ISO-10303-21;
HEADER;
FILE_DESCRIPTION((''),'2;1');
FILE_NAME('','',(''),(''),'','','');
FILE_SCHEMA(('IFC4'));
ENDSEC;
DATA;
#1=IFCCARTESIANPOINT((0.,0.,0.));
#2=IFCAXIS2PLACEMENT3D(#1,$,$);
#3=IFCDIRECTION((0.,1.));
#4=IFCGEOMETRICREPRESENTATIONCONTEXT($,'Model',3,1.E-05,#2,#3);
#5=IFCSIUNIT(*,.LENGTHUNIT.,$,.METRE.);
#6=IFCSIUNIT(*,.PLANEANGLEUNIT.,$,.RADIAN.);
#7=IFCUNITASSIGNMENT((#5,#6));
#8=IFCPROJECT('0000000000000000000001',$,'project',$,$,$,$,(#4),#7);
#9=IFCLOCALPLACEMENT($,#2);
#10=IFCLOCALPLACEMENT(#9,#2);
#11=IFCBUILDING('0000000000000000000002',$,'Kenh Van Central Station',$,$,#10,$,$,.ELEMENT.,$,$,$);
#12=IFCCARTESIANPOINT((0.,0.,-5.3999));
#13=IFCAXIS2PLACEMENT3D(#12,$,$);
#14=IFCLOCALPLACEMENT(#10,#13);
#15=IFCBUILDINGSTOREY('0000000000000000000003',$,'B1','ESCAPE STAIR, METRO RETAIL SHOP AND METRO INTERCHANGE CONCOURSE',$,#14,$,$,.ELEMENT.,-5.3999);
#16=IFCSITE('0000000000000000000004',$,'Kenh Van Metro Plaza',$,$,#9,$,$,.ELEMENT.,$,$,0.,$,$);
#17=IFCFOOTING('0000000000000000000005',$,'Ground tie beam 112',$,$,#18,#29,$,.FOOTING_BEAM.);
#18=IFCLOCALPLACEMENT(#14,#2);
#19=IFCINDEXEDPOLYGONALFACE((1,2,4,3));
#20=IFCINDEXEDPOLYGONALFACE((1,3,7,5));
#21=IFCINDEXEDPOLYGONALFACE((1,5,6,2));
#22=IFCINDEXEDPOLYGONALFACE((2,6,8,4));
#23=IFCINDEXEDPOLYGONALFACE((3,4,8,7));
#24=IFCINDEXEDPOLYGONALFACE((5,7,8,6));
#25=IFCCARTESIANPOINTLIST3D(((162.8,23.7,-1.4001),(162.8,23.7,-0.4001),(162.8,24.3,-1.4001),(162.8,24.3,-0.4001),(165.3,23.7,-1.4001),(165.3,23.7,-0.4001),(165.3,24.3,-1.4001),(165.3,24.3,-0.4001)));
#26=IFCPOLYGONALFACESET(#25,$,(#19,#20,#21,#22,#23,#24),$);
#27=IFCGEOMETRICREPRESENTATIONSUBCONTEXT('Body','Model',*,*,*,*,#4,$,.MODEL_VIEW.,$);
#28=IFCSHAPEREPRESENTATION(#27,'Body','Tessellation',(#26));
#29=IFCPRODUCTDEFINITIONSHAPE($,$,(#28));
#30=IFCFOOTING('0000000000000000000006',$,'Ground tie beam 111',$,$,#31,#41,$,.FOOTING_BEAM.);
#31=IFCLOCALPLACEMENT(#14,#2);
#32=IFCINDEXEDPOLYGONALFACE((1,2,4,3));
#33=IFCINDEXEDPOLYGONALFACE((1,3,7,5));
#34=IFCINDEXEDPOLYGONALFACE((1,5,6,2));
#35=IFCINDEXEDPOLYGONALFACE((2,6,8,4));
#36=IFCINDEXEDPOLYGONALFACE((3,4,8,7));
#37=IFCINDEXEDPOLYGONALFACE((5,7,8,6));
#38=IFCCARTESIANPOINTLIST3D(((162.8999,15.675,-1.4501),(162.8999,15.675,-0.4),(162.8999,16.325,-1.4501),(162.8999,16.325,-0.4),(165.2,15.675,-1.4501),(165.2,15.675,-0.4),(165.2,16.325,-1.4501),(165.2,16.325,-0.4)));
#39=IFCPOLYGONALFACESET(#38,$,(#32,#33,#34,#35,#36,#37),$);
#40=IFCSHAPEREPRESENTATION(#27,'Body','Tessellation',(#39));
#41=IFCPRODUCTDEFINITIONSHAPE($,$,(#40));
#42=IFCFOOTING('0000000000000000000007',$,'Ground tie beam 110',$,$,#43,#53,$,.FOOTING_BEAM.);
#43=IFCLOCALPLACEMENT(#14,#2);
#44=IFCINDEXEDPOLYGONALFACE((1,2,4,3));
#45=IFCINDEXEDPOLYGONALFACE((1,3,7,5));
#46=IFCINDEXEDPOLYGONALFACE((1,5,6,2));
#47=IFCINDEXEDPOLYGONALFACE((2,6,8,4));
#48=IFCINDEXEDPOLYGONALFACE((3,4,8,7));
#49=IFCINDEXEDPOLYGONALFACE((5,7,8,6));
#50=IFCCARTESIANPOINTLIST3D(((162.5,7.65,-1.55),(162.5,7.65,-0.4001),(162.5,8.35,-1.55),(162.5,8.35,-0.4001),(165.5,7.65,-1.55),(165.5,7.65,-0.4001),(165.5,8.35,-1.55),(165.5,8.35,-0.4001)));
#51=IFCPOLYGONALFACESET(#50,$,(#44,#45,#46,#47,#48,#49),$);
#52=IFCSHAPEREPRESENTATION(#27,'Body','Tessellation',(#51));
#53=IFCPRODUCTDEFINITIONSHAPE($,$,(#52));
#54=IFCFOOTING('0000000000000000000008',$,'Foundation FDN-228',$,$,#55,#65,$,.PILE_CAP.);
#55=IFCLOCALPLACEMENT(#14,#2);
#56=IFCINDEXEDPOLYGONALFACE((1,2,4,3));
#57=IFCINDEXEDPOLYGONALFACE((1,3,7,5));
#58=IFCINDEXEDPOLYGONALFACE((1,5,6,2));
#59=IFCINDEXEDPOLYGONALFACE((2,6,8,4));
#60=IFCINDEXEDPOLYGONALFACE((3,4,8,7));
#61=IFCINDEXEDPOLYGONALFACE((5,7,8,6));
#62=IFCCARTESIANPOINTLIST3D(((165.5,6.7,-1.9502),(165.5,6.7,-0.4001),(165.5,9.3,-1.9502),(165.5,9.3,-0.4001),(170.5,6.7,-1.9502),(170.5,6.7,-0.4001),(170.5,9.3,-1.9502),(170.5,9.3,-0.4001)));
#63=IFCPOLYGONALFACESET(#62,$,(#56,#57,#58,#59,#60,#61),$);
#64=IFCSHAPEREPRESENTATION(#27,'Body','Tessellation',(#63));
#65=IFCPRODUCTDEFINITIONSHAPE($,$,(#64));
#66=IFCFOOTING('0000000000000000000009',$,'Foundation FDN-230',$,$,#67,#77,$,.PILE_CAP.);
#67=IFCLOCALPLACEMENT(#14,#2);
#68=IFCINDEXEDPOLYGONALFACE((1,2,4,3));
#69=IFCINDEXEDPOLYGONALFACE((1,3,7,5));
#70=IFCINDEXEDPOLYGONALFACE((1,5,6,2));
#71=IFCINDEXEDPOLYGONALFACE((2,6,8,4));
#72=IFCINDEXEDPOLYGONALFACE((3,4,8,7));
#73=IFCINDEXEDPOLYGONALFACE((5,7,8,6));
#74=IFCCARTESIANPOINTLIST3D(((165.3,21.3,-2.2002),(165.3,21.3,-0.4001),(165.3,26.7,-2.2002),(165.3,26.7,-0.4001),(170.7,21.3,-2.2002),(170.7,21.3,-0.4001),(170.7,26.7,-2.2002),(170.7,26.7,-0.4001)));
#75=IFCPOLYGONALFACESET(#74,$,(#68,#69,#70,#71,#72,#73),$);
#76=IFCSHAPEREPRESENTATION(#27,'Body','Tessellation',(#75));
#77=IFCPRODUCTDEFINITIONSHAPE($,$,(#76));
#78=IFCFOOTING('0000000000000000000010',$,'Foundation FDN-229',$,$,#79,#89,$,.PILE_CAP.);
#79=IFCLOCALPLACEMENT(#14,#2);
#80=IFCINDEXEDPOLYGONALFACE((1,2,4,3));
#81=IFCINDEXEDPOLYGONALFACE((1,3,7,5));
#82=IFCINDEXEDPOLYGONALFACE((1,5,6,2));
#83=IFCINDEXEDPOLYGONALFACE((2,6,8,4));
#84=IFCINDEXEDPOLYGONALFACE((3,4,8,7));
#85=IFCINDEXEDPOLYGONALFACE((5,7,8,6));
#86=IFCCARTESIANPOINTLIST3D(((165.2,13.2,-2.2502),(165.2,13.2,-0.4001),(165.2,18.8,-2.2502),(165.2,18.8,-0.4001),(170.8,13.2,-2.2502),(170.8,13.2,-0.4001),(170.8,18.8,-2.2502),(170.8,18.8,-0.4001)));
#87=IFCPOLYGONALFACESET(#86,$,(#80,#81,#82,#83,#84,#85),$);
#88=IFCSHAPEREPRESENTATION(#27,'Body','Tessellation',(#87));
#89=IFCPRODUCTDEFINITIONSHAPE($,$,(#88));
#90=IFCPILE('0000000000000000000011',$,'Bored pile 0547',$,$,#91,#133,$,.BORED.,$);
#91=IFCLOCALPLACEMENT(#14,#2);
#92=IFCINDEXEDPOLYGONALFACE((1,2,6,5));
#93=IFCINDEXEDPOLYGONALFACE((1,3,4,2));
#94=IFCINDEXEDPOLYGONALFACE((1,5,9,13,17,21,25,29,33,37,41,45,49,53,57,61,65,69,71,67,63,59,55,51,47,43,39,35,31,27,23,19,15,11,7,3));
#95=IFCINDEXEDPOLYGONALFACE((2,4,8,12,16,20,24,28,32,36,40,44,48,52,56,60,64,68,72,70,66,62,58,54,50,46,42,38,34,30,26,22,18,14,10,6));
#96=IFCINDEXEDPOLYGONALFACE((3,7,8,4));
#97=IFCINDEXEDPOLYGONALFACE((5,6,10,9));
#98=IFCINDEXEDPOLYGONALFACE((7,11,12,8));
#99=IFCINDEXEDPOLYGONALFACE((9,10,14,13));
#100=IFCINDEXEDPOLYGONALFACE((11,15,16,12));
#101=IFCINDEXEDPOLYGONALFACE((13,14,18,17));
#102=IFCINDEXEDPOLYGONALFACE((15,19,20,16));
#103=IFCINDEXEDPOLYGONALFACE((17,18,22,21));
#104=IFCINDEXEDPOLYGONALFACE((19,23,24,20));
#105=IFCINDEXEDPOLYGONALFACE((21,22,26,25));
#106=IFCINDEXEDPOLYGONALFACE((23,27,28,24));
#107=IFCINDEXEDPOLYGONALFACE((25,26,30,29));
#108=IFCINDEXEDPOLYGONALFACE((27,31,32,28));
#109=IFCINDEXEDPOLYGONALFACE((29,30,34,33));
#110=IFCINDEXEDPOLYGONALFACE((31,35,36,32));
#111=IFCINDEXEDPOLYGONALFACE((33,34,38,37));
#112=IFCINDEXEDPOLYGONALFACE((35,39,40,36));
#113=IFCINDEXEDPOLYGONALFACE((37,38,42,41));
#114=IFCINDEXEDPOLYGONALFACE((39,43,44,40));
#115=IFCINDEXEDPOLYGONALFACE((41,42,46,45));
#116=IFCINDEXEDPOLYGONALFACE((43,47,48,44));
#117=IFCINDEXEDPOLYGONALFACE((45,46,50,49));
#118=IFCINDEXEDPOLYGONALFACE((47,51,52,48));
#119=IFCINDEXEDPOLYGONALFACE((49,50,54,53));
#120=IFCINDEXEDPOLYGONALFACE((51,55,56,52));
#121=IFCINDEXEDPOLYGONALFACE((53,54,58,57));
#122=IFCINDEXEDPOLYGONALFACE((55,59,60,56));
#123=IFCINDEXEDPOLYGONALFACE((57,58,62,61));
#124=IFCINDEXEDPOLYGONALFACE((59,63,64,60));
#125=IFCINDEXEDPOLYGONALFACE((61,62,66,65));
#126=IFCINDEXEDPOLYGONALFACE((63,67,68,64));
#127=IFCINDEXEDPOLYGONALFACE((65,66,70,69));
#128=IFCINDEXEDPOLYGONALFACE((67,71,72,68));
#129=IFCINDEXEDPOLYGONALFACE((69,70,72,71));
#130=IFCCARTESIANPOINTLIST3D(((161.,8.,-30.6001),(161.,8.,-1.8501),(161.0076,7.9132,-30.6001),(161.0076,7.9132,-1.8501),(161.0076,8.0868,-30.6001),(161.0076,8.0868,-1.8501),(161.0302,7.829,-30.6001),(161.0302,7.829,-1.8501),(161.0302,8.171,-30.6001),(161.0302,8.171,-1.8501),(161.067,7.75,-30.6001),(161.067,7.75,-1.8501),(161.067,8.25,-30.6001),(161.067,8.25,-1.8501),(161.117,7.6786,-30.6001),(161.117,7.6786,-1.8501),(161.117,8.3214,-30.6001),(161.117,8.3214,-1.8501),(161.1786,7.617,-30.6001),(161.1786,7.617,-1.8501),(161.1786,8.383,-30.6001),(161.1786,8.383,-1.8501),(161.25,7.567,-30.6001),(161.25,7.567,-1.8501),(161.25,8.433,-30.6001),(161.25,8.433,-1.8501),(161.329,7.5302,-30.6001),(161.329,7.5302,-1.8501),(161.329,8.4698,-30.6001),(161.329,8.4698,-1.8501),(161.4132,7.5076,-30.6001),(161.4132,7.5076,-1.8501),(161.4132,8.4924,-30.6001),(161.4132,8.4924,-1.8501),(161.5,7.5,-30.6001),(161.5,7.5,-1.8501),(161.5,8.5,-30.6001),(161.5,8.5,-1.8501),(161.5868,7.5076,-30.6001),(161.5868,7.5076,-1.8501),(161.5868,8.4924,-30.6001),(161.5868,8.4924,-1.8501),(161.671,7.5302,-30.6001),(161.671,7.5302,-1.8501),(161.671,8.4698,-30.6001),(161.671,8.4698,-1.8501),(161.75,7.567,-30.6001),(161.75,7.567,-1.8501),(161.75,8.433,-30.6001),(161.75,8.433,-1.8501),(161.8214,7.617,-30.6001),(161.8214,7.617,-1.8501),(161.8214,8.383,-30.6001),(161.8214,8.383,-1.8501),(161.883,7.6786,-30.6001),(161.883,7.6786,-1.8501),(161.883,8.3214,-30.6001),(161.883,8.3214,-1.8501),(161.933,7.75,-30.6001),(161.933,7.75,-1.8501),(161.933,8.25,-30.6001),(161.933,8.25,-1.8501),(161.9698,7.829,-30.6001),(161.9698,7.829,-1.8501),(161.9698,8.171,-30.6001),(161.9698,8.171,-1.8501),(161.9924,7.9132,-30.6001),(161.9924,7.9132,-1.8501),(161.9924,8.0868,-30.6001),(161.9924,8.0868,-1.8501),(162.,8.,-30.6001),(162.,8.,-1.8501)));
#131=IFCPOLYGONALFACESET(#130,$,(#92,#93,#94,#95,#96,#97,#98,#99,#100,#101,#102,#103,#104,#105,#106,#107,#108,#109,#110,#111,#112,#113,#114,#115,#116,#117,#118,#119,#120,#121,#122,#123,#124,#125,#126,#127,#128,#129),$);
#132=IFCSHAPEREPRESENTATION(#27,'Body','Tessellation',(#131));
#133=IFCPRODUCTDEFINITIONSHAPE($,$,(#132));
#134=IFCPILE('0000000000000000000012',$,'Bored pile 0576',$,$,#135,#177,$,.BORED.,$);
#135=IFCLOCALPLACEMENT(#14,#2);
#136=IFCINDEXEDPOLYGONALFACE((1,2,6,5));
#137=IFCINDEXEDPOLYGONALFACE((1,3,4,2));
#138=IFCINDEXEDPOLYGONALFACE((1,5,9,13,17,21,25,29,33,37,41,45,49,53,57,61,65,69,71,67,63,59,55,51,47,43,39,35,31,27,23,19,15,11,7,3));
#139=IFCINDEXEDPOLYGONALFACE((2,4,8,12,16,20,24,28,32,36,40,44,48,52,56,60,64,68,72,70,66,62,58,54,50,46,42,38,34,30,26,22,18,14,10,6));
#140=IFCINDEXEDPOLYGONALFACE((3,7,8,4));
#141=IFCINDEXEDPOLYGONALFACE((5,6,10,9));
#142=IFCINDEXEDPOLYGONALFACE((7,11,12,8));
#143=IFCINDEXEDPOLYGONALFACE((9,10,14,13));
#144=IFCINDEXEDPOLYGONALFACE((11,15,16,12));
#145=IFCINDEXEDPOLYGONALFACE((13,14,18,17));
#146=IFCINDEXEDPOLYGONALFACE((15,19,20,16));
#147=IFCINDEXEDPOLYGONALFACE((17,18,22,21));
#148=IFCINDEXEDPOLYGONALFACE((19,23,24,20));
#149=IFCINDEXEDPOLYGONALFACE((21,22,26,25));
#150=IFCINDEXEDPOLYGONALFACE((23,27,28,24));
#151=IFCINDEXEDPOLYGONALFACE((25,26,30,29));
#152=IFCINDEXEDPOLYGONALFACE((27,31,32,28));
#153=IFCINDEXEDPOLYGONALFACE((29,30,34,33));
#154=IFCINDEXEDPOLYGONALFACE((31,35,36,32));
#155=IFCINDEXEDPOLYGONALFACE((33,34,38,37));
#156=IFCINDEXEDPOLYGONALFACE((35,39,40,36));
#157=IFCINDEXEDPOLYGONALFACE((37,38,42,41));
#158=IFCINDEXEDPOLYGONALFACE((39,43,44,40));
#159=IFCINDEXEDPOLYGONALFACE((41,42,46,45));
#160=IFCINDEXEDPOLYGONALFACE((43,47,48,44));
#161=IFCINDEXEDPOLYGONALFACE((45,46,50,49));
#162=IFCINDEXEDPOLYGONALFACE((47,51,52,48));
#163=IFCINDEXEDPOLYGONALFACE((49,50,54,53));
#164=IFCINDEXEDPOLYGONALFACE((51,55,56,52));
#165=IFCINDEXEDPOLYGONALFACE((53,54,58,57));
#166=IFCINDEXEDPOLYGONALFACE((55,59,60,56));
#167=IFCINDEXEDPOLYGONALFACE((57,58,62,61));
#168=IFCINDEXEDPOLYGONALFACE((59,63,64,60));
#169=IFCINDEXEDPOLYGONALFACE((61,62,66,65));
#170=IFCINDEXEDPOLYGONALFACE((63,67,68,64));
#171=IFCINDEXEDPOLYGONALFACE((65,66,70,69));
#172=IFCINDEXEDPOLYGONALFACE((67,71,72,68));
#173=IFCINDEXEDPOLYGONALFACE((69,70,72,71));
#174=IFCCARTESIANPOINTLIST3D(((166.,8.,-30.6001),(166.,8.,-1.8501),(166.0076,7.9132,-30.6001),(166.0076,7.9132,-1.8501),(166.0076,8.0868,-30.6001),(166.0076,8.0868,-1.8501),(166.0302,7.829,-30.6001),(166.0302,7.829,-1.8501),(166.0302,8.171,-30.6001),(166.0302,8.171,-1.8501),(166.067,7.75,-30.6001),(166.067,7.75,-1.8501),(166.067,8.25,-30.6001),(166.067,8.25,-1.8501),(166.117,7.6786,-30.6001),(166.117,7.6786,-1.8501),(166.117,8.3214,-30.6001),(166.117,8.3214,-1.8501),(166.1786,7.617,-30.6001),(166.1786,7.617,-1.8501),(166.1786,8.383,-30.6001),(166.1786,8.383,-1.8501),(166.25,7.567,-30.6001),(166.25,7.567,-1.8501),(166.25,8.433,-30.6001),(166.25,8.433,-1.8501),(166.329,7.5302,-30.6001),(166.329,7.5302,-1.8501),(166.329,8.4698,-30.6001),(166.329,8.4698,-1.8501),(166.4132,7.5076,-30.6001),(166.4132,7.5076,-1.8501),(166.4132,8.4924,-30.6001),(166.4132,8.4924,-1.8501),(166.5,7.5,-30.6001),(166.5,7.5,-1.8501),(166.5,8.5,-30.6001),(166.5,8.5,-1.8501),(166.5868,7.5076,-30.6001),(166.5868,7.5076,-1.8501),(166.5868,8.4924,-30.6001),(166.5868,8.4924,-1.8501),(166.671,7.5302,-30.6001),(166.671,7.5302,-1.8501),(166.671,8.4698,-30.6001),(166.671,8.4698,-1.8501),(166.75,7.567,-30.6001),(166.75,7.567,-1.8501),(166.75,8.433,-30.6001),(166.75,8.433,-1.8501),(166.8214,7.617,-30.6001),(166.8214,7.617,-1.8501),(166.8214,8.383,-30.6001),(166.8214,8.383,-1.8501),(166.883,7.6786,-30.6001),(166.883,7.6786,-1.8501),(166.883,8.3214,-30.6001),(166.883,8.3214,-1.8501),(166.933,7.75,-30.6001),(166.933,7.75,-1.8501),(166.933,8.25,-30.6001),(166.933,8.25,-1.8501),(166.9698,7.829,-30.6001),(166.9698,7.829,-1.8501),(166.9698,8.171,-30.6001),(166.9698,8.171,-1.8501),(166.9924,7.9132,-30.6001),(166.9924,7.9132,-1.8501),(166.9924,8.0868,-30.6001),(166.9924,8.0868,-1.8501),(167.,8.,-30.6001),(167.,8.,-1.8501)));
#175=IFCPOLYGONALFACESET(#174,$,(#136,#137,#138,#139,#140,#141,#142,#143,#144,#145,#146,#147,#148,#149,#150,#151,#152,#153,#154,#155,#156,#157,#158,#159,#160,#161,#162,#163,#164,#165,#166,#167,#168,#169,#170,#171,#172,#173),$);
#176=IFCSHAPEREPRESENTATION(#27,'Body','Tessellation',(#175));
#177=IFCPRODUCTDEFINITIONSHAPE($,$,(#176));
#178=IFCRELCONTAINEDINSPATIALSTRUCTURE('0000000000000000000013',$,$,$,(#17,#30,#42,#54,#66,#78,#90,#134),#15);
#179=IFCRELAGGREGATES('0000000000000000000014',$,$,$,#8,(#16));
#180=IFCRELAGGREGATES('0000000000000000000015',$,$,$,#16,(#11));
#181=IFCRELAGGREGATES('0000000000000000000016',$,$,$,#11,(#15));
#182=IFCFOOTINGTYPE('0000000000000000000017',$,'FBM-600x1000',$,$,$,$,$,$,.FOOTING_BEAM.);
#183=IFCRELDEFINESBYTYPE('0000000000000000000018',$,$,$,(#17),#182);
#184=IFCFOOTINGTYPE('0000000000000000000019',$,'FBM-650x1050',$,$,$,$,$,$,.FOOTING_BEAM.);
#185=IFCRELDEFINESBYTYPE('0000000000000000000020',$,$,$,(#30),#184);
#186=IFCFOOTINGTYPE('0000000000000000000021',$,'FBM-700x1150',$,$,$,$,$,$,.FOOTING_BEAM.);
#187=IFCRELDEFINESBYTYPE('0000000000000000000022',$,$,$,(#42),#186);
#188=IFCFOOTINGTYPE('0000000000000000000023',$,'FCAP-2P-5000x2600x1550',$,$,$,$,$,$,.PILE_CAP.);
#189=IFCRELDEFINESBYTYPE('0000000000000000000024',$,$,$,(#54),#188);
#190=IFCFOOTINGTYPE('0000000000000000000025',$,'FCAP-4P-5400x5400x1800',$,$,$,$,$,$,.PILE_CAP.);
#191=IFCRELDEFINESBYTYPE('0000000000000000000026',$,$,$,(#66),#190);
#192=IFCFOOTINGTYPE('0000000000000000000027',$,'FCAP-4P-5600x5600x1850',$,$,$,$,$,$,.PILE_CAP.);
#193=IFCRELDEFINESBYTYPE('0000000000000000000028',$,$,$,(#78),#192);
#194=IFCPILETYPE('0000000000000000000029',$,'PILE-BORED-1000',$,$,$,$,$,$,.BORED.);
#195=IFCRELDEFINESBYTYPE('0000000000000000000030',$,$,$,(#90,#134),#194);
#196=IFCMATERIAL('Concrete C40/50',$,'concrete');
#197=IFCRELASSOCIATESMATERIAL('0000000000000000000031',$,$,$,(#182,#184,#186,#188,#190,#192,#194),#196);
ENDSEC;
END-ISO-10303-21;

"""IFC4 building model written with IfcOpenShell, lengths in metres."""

from ifc_helpers import new_model, si_unit, direction, frame, origin, origin_2d, place, context, subcontext, project, spatial, rectangle, circle, extrude, material, material_profile, profile_set, type_object, element, save


model = new_model("IFC4")

# Units and contexts
model_context = context("Model", 3, precision=1e-05, world=origin(), true_north=direction((0.0, 1.0)))
body_context = subcontext(model_context, "Body", "Model", "MODEL_VIEW")
ifc_project = project(units=[si_unit("LENGTHUNIT", "METRE"), si_unit("PLANEANGLEUNIT", "RADIAN")], contexts=[model_context])

# Site, building, storey
site_placement = place(None, origin())
site = spatial("IfcSite", under=ifc_project, at=site_placement, Name="Kenh Van Metro Plaza", CompositionType="ELEMENT", RefElevation=0.0)
building_placement = place(site_placement, origin())
building = spatial("IfcBuilding", under=site, at=building_placement, Name="Kenh Van Central Station", CompositionType="ELEMENT")
storey_placement = place(building_placement, frame((0.0, 0.0, -5.3999)))
storey = spatial("IfcBuildingStorey", under=building, at=storey_placement, Name="B1", Description="ESCAPE STAIR, METRO RETAIL SHOP AND METRO INTERCHANGE CONCOURSE", CompositionType="ELEMENT", Elevation=-5.3999)

# Footings
ifc_material_1 = material(Name="Concrete C40/50", Category="concrete")
ifc_material_profile_1 = material_profile(ifc_material_1, rectangle(XDim=0.6001, YDim=1.0, at=origin_2d()), Name="RC 600x1000")
ifc_profile_set_1 = profile_set([ifc_material_profile_1], Name="Concrete C40/50")
footing_type_1 = type_object("IfcFootingType", Name="FBM-600x1000", PredefinedType="FOOTING_BEAM", material=ifc_profile_set_1)
footing_1_placement = place(storey_placement, frame((162.8, 24.0, -0.9001), z_axis=(1.0, 0.0, 0.0), x_axis=(0.0, 1.0, 0.0)))
element("IfcFooting", 1, at=footing_1_placement, inside=storey, type_object=footing_type_1, Name="Ground tie beam 112", PredefinedType="FOOTING_BEAM", context=body_context, shape_type="SweptSolid", body=[
    extrude(rectangle(XDim=0.6001, YDim=1.0, at=origin_2d()), origin(), (0.0, 0.0, 1.0), 2.5),
])
ifc_material_profile_2 = material_profile(ifc_material_1, rectangle(XDim=0.6499, YDim=1.05, at=origin_2d()), Name="RC 650x1050")
ifc_profile_set_2 = profile_set([ifc_material_profile_2], Name="Concrete C40/50")
footing_type_2 = type_object("IfcFootingType", Name="FBM-650x1050", PredefinedType="FOOTING_BEAM", material=ifc_profile_set_2)
footing_2_placement = place(storey_placement, frame((162.8999, 16.0, -0.925), z_axis=(1.0, 0.0, 0.0), x_axis=(0.0, 1.0, 0.0)))
element("IfcFooting", 2, at=footing_2_placement, inside=storey, type_object=footing_type_2, Name="Ground tie beam 111", PredefinedType="FOOTING_BEAM", context=body_context, shape_type="SweptSolid", body=[
    extrude(rectangle(XDim=0.6499, YDim=1.05, at=origin_2d()), origin(), (0.0, 0.0, 1.0), 2.3),
])
ifc_material_profile_3 = material_profile(ifc_material_1, rectangle(XDim=0.7, YDim=1.1499, at=origin_2d()), Name="RC 700x1150")
ifc_profile_set_3 = profile_set([ifc_material_profile_3], Name="Concrete C40/50")
footing_type_3 = type_object("IfcFootingType", Name="FBM-700x1150", PredefinedType="FOOTING_BEAM", material=ifc_profile_set_3)
footing_3_placement = place(storey_placement, frame((162.5, 8.0, -0.9751), z_axis=(1.0, 0.0, 0.0), x_axis=(0.0, 1.0, 0.0)))
element("IfcFooting", 3, at=footing_3_placement, inside=storey, type_object=footing_type_3, Name="Ground tie beam 110", PredefinedType="FOOTING_BEAM", context=body_context, shape_type="SweptSolid", body=[
    extrude(rectangle(XDim=0.7, YDim=1.1499, at=origin_2d()), origin(), (0.0, 0.0, 1.0), 3.0),
])
footing_type_4 = type_object("IfcFootingType", Name="FCAP-2P-5000x2600x1550", PredefinedType="PILE_CAP", material=ifc_material_1)
footing_4_placement = place(storey_placement, frame((168.0, 8.0, -1.9502), z_axis=(0.0, 0.0, 1.0), x_axis=(1.0, 0.0, 0.0)))
element("IfcFooting", 4, at=footing_4_placement, inside=storey, type_object=footing_type_4, Name="Foundation FDN-228", PredefinedType="PILE_CAP", context=body_context, shape_type="SweptSolid", body=[
    extrude(rectangle(XDim=5.0, YDim=2.6001, at=origin_2d()), origin(), (0.0, 0.0, 1.0), 1.55),
])
footing_type_5 = type_object("IfcFootingType", Name="FCAP-4P-5400x5400x1800", PredefinedType="PILE_CAP", material=ifc_material_1)
footing_5_placement = place(storey_placement, frame((168.0, 24.0, -2.2002), z_axis=(0.0, 0.0, 1.0), x_axis=(1.0, 0.0, 0.0)))
element("IfcFooting", 5, at=footing_5_placement, inside=storey, type_object=footing_type_5, Name="Foundation FDN-230", PredefinedType="PILE_CAP", context=body_context, shape_type="SweptSolid", body=[
    extrude(rectangle(XDim=5.3999, YDim=5.3999, at=origin_2d()), origin(), (0.0, 0.0, 1.0), 1.8),
])
footing_type_6 = type_object("IfcFootingType", Name="FCAP-4P-5600x5600x1850", PredefinedType="PILE_CAP", material=ifc_material_1)
footing_6_placement = place(storey_placement, frame((168.0, 16.0, -2.2502), z_axis=(0.0, 0.0, 1.0), x_axis=(1.0, 0.0, 0.0)))
element("IfcFooting", 6, at=footing_6_placement, inside=storey, type_object=footing_type_6, Name="Foundation FDN-229", PredefinedType="PILE_CAP", context=body_context, shape_type="SweptSolid", body=[
    extrude(rectangle(XDim=5.6001, YDim=5.6001, at=origin_2d()), origin(), (0.0, 0.0, 1.0), 1.8501),
])

# Piles
ifc_material_profile_4 = material_profile(ifc_material_1, circle(Radius=0.5, at=origin_2d()), Name="PILE D1000")
ifc_profile_set_4 = profile_set([ifc_material_profile_4], Name="Concrete C40/50")
pile_type_1 = type_object("IfcPileType", Name="PILE-BORED-1000", PredefinedType="BORED", material=ifc_profile_set_4)
for number, where, z_axis, x_axis, name in (
    (7, (161.5, 8.0, -1.8501), (0.0, 0.0, -1.0), (1.0, 0.0, 0.0), "Bored pile 0547"),
    (8, (166.5, 8.0, -1.8501), (0.0, 0.0, -1.0), (1.0, 0.0, 0.0), "Bored pile 0576"),
):
    element("IfcPile", number, at=place(storey_placement, frame(where, z_axis=z_axis, x_axis=x_axis)), inside=storey, type_object=pile_type_1, Name=name, PredefinedType="BORED", context=body_context, shape_type="SweptSolid", body=[
        extrude(circle(Radius=0.5, at=origin_2d()), origin(), (0.0, 0.0, 1.0), 28.75),
    ])

save(model, "model.ifc")
